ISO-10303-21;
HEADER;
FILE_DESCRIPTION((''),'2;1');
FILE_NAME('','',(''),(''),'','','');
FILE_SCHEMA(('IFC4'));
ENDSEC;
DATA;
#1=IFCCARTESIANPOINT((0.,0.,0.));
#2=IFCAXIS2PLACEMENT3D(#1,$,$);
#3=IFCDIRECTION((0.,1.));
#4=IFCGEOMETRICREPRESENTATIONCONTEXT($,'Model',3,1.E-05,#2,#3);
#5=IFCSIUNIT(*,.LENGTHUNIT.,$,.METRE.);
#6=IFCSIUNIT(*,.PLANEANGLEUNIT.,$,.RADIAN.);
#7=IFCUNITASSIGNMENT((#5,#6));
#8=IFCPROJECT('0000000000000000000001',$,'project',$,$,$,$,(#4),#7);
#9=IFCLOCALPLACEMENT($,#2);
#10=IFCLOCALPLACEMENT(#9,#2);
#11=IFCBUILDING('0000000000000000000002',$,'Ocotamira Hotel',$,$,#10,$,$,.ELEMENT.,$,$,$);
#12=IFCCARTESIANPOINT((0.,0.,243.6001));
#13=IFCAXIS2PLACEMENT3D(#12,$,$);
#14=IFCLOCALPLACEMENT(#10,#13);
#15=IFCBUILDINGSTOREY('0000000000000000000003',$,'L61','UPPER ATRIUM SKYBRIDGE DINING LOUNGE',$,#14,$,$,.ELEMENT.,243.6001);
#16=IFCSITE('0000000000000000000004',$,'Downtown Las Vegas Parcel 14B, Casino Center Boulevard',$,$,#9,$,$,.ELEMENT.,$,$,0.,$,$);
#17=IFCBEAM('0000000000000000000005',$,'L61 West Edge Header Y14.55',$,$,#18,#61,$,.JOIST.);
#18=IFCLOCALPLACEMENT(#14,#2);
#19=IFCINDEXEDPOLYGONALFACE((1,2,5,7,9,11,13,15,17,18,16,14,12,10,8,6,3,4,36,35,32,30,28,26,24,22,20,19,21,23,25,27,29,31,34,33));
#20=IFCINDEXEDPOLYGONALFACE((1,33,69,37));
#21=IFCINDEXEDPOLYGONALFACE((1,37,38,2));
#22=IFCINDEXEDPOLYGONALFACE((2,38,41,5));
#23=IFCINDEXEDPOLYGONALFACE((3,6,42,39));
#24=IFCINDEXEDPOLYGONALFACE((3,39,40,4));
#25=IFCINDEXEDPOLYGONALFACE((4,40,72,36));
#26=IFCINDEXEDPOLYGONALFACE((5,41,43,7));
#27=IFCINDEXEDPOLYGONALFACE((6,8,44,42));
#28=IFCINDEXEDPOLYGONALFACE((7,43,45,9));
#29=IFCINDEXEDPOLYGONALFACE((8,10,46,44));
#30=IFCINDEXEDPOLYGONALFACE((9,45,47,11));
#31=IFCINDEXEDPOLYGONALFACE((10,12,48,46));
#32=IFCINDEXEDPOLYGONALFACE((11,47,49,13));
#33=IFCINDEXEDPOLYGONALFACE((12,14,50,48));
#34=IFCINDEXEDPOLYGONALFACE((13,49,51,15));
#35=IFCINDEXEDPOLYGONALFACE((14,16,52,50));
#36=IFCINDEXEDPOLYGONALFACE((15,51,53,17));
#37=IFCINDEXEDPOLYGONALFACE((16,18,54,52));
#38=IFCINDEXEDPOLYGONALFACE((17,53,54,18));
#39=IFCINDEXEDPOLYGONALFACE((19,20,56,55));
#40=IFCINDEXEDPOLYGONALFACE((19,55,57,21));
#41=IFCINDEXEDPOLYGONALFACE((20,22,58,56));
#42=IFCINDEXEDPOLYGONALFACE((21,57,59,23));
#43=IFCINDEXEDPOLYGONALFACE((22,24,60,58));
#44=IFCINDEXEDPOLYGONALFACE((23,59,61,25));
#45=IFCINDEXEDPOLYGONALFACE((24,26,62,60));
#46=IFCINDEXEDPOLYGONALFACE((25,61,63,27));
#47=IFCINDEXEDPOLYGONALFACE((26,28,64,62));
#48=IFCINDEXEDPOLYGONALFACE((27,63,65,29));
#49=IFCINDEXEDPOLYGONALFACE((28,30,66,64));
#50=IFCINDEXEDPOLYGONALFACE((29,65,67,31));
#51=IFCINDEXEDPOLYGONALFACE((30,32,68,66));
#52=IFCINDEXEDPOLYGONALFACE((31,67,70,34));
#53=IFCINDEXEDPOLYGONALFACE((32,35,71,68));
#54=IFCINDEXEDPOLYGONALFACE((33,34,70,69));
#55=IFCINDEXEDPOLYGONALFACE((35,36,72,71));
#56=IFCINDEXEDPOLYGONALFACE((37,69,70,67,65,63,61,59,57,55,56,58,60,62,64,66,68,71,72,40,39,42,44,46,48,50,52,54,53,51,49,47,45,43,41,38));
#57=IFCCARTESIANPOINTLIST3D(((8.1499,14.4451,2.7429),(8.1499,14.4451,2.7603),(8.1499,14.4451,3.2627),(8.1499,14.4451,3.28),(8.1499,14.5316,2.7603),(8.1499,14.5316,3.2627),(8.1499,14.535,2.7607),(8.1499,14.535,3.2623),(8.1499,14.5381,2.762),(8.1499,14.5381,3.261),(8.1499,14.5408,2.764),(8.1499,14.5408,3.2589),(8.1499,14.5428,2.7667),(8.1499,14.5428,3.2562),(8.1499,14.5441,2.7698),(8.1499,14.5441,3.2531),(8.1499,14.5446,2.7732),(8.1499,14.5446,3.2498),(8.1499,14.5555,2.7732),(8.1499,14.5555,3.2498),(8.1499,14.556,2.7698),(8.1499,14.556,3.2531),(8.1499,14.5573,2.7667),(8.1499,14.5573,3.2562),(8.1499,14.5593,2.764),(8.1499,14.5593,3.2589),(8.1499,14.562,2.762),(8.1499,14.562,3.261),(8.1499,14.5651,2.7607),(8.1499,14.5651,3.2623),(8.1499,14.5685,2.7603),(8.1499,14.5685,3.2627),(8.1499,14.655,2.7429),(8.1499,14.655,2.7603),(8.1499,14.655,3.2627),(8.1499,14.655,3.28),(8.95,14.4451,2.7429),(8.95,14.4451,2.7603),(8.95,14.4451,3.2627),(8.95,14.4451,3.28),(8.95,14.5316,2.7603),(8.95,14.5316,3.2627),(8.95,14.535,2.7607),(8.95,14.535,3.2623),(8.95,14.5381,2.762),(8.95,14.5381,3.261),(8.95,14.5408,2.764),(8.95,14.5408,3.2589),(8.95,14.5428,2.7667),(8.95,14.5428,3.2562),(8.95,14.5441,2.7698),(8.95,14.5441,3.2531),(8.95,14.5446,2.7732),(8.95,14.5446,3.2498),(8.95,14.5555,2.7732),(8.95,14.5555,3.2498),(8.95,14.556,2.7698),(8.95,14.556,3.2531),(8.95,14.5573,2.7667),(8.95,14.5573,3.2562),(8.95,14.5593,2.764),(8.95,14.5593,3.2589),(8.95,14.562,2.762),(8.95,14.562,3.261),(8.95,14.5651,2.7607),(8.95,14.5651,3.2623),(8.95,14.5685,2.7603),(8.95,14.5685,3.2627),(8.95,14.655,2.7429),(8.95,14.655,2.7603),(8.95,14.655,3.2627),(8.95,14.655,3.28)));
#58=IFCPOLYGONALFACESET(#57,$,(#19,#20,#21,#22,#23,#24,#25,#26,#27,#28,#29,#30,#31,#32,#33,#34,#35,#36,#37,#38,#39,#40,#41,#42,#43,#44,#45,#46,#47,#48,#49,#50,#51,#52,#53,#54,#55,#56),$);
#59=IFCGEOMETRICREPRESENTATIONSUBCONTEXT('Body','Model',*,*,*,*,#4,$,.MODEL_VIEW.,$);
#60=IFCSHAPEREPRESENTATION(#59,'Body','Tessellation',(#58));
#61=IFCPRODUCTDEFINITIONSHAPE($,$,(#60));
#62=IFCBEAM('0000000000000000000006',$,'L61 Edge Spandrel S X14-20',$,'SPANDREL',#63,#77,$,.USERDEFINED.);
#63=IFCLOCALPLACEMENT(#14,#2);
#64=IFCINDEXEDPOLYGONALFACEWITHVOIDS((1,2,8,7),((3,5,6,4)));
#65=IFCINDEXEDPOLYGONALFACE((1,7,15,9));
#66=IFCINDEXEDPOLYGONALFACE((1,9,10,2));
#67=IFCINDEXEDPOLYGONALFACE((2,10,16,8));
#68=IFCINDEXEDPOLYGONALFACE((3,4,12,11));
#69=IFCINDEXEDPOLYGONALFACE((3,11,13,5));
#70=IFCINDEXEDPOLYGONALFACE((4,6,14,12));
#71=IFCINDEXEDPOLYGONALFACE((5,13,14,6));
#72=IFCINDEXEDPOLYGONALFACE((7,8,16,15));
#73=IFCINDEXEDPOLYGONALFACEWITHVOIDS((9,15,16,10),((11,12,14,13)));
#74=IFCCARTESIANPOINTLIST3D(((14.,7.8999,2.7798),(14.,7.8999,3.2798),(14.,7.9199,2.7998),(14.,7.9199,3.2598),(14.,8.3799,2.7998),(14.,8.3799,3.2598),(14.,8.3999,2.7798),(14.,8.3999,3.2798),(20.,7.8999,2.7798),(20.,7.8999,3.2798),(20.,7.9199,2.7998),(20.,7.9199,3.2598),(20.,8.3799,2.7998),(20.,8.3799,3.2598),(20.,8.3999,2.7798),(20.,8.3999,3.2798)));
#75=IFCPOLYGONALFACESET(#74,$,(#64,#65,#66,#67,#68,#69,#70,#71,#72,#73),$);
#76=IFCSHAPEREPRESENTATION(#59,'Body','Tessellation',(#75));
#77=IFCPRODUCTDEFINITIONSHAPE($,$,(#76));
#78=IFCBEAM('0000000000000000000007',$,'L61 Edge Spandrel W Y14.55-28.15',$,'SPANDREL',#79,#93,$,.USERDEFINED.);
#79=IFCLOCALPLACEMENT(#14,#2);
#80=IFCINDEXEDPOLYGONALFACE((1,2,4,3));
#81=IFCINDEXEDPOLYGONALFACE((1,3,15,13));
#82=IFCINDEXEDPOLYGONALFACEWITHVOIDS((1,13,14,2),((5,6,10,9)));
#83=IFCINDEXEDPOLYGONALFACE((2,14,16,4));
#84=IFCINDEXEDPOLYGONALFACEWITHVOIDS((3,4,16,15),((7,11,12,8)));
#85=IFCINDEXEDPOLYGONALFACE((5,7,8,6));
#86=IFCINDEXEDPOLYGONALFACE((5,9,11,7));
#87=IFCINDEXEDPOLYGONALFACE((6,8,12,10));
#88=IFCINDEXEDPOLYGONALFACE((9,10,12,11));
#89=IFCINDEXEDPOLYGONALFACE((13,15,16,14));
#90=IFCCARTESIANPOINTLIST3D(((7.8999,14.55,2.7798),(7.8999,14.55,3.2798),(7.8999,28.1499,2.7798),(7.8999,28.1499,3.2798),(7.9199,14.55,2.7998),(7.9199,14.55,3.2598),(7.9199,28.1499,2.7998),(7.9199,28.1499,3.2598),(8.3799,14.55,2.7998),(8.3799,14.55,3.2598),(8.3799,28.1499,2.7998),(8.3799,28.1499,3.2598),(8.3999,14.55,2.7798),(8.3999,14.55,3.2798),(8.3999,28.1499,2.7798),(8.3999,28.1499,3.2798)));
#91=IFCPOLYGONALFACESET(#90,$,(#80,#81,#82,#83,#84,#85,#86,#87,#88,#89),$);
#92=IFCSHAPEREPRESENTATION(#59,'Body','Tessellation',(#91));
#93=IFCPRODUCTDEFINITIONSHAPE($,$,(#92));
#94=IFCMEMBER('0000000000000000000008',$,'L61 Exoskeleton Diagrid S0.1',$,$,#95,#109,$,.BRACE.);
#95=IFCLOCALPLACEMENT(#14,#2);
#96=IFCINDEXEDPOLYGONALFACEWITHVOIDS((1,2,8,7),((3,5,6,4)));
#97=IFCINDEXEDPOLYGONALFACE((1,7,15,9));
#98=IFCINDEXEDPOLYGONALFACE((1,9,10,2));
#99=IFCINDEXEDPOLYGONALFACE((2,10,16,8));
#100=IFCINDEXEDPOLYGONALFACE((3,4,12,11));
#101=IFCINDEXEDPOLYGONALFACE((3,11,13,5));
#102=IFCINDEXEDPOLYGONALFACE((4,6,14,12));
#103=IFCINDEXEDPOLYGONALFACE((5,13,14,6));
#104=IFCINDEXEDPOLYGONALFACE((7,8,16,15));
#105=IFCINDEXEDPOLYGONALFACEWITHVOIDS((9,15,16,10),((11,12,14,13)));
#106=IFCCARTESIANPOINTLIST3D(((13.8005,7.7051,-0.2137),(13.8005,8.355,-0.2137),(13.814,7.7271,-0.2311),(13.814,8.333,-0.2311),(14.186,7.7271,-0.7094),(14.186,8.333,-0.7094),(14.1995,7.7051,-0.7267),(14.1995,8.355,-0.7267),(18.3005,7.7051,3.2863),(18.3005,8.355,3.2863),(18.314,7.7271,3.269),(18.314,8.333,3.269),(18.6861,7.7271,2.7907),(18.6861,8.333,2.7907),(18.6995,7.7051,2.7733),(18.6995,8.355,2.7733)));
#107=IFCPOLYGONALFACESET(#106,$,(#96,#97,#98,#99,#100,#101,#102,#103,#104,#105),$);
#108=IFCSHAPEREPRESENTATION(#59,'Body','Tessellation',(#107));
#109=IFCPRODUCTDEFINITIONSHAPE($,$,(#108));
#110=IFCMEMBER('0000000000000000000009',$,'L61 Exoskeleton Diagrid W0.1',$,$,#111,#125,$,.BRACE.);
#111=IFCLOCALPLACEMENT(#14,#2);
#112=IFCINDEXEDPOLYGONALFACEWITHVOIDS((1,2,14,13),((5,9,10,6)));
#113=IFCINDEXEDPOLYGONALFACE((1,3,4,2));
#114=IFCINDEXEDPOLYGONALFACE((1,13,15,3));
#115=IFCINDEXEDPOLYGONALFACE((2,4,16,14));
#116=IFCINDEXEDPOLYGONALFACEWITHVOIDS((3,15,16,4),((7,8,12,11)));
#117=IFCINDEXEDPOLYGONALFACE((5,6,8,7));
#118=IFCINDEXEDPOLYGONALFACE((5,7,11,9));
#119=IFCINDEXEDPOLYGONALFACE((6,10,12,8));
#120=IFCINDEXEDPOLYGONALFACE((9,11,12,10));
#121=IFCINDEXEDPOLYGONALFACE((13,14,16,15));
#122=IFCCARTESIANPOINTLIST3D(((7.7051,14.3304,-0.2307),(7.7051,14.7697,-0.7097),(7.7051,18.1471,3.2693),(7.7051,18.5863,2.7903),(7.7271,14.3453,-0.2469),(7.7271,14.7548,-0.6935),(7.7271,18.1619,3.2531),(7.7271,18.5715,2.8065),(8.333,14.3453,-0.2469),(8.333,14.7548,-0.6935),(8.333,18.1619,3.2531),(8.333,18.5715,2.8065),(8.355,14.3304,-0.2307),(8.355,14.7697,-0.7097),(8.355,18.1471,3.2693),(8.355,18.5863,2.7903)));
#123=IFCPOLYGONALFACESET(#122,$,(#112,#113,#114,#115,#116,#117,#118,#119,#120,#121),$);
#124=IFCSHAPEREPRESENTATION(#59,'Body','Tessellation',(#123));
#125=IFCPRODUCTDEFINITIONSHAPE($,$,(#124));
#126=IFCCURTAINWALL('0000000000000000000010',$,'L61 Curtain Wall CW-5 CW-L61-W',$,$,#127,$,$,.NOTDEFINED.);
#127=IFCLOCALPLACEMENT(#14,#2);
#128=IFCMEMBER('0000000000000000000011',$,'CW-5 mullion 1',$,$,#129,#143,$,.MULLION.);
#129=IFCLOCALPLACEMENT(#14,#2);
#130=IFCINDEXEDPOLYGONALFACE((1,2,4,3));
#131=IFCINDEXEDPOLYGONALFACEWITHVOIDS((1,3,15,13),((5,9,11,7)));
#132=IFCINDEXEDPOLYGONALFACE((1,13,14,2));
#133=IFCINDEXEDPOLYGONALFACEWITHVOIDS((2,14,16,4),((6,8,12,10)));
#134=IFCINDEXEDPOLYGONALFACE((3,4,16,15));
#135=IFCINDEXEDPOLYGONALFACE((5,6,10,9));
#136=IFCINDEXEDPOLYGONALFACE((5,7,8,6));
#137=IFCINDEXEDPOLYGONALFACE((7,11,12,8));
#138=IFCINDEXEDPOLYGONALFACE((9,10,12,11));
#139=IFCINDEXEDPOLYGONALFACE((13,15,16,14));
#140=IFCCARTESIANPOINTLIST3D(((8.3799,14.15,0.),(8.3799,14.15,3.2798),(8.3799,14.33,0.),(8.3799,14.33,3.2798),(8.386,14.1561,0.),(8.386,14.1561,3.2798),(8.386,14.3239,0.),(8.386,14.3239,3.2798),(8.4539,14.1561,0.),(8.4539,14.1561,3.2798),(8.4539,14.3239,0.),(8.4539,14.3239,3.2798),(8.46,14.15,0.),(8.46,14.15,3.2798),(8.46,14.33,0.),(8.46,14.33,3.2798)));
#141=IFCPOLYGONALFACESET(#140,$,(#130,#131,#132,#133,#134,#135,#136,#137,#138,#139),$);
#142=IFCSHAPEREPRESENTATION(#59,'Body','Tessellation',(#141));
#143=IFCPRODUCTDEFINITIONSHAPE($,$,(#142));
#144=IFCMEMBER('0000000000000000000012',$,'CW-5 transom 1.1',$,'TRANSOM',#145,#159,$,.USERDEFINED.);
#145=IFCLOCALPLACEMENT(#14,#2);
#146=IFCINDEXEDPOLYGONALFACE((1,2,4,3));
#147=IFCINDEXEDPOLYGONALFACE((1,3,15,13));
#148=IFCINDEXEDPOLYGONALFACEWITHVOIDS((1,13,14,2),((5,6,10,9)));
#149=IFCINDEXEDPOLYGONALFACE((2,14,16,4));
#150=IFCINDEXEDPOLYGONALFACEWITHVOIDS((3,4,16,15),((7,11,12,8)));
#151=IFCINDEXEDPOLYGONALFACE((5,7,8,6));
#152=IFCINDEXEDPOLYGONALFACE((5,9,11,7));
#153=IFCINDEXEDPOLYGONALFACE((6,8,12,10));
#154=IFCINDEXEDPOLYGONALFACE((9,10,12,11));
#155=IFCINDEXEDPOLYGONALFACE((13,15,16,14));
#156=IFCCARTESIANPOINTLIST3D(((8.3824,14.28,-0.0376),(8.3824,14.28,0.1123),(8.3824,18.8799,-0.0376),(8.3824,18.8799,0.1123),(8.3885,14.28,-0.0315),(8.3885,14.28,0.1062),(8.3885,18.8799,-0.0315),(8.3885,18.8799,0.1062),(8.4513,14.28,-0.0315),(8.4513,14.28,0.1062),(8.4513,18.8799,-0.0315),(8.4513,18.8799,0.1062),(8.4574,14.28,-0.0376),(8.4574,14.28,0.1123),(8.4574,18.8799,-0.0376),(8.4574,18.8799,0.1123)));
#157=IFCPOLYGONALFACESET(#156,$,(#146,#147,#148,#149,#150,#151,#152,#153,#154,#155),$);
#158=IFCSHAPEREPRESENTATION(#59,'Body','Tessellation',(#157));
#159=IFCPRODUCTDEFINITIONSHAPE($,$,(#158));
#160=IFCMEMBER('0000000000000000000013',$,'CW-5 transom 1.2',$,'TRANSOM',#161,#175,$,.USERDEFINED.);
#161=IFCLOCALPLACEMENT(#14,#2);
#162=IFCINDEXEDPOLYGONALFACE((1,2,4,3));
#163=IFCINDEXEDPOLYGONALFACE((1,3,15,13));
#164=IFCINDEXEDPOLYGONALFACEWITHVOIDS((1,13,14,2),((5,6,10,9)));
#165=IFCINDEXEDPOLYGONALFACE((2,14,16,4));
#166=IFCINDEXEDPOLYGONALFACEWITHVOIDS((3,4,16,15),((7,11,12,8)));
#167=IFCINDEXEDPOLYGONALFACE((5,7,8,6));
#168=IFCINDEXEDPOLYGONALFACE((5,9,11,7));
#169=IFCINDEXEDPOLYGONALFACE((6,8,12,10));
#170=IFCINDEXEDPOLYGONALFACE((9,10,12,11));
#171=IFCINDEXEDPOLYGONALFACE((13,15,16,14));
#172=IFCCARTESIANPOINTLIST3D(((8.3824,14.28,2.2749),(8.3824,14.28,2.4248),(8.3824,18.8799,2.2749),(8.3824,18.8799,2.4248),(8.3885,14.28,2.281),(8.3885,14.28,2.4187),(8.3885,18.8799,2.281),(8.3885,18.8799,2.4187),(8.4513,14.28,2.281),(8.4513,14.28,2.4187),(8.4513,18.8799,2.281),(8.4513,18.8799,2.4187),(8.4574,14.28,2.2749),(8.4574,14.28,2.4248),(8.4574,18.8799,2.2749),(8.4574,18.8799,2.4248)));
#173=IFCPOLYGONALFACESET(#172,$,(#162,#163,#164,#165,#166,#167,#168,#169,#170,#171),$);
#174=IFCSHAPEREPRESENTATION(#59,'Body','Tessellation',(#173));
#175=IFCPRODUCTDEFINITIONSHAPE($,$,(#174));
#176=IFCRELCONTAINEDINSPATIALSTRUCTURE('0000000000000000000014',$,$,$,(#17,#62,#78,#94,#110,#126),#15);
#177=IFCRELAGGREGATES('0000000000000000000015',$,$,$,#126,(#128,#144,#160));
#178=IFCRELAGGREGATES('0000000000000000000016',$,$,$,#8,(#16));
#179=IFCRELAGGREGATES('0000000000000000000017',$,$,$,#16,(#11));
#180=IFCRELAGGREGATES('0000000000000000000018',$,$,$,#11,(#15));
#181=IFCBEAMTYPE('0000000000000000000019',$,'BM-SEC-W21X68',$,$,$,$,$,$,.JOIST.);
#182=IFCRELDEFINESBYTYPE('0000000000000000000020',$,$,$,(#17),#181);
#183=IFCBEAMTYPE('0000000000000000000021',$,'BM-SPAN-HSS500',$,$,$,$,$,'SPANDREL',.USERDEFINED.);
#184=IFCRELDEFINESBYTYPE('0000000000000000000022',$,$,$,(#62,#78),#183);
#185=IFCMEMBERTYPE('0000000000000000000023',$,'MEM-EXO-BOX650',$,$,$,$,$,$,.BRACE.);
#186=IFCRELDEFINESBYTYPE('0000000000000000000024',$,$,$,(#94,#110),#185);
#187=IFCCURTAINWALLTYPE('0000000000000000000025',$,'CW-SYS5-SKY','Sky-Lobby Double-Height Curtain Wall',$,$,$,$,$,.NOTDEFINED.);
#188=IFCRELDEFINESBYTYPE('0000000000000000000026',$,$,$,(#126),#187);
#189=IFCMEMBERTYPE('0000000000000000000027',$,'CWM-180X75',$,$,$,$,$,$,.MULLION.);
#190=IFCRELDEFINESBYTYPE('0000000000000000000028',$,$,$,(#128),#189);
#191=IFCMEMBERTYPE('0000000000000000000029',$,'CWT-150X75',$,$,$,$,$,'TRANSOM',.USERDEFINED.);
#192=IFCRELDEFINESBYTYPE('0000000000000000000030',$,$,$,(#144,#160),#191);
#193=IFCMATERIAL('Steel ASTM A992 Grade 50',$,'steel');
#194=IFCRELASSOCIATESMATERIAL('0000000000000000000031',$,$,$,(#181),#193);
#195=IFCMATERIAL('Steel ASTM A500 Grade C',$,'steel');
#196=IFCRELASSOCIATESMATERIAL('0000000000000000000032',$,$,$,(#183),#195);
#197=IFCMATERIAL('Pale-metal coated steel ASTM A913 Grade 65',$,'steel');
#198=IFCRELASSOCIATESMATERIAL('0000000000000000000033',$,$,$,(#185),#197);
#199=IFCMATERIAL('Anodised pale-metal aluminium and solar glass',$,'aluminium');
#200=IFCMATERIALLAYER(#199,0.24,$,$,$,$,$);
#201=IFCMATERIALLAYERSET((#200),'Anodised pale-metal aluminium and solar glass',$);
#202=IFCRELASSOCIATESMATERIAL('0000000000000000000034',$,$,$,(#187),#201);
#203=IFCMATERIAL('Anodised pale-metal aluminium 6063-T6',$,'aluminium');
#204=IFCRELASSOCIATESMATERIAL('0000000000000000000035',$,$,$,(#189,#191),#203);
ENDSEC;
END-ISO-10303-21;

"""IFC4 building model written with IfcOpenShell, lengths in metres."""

from ifc_helpers import new_model, si_unit, direction, frame, origin, origin_2d, place, context, subcontext, project, spatial, hollow_rectangle, i_section, extrude, source, transform, mapped, material, layer, layer_set, material_profile, profile_set, type_object, element, aggregate, save


model = new_model("IFC4")

# Units and contexts
model_context = context("Model", 3, precision=1e-05, world=origin(), true_north=direction((0.0, 1.0)))
body_context = subcontext(model_context, "Body", "Model", "MODEL_VIEW")
ifc_project = project(units=[si_unit("LENGTHUNIT", "METRE"), si_unit("PLANEANGLEUNIT", "RADIAN")], contexts=[model_context])

# Site, building, storey
site_placement = place(None, origin())
site = spatial("IfcSite", under=ifc_project, at=site_placement, Name="Downtown Las Vegas Parcel 14B, Casino Center Boulevard", CompositionType="ELEMENT", RefElevation=0.0)
building_placement = place(site_placement, origin())
building = spatial("IfcBuilding", under=site, at=building_placement, Name="Ocotamira Hotel", CompositionType="ELEMENT")
storey_placement = place(building_placement, frame((0.0, 0.0, 243.6001)))
storey = spatial("IfcBuildingStorey", under=building, at=storey_placement, Name="L61", Description="UPPER ATRIUM SKYBRIDGE DINING LOUNGE", CompositionType="ELEMENT", Elevation=243.6001)

# Beams
ifc_material_1 = material(Name="Steel ASTM A992 Grade 50", Category="steel")
ifc_material_profile_1 = material_profile(ifc_material_1, i_section(OverallWidth=0.21, OverallDepth=0.5371, WebThickness=0.011, FlangeThickness=0.0173, FilletRadius=0.0129, at=origin_2d()), Name="W21X68")
ifc_profile_set_1 = profile_set([ifc_material_profile_1], Name="Steel ASTM A992 Grade 50")
beam_type_1 = type_object("IfcBeamType", Name="BM-SEC-W21X68", PredefinedType="JOIST", material=ifc_profile_set_1)
shared_shape_1 = source(origin(), body_context, "Body", "SweptSolid", [
    extrude(i_section(OverallWidth=0.21, OverallDepth=0.5371, WebThickness=0.011, FlangeThickness=0.0173, FilletRadius=0.0129, at=origin_2d()), origin(), (0.0, 0.0, 1.0), 0.8),
])
beam_1_placement = place(storey_placement, frame((8.95, 14.55, 3.0115), z_axis=(-1.0, 0.0, 0.0), x_axis=(0.0, -1.0, 0.0)))
element("IfcBeam", 1, at=beam_1_placement, inside=storey, type_object=beam_type_1, Name="L61 West Edge Header Y14.55", PredefinedType="JOIST", context=body_context, shape_type="MappedRepresentation", body=[
    mapped(shared_shape_1, transform((0.0, 0.0, 0.0), scale=1.0)),
])
ifc_material_2 = material(Name="Steel ASTM A500 Grade C", Category="steel")
ifc_material_profile_2 = material_profile(ifc_material_2, hollow_rectangle(XDim=0.5, YDim=0.5, WallThickness=0.02, at=origin_2d()), Name="HSS500X500X20")
ifc_profile_set_2 = profile_set([ifc_material_profile_2], Name="Steel ASTM A500 Grade C")
beam_type_2 = type_object("IfcBeamType", Name="BM-SPAN-HSS500", ElementType="SPANDREL", PredefinedType="USERDEFINED", material=ifc_profile_set_2)
shared_shape_2 = source(origin(), body_context, "Body", "SweptSolid", [
    extrude(hollow_rectangle(XDim=0.5, YDim=0.5, WallThickness=0.02, at=origin_2d()), origin(), (0.0, 0.0, 1.0), 6.0),
])
beam_2_placement = place(storey_placement, frame((14.0, 8.1499, 3.0298), z_axis=(1.0, 0.0, 0.0), x_axis=(0.0, 1.0, 0.0)))
element("IfcBeam", 2, at=beam_2_placement, inside=storey, type_object=beam_type_2, Name="L61 Edge Spandrel S X14-20", ObjectType="SPANDREL", PredefinedType="USERDEFINED", context=body_context, shape_type="MappedRepresentation", body=[
    mapped(shared_shape_2, transform((0.0, 0.0, 0.0), scale=1.0)),
])
shared_shape_3 = source(origin(), body_context, "Body", "SweptSolid", [
    extrude(hollow_rectangle(XDim=0.5, YDim=0.5, WallThickness=0.02, at=origin_2d()), origin(), (0.0, 0.0, 1.0), 13.5999),
])
beam_3_placement = place(storey_placement, frame((8.1499, 14.55, 3.0298), z_axis=(0.0, 1.0, 0.0), x_axis=(-1.0, 0.0, 0.0)))
element("IfcBeam", 3, at=beam_3_placement, inside=storey, type_object=beam_type_2, Name="L61 Edge Spandrel W Y14.55-28.15", ObjectType="SPANDREL", PredefinedType="USERDEFINED", context=body_context, shape_type="MappedRepresentation", body=[
    mapped(shared_shape_3, transform((0.0, 0.0, 0.0), scale=1.0)),
])

# Members
ifc_material_3 = material(Name="Pale-metal coated steel ASTM A913 Grade 65", Category="steel")
ifc_material_profile_3 = material_profile(ifc_material_3, hollow_rectangle(XDim=0.6499, YDim=0.6499, WallThickness=0.022, at=origin_2d()), Name="BOX650X650X22")
ifc_profile_set_3 = profile_set([ifc_material_profile_3], Name="Pale-metal coated steel ASTM A913 Grade 65")
member_type_1 = type_object("IfcMemberType", Name="MEM-EXO-BOX650", PredefinedType="BRACE", material=ifc_profile_set_3)
shared_shape_4 = source(origin(), body_context, "Body", "SweptSolid", [
    extrude(hollow_rectangle(XDim=0.6499, YDim=0.6499, WallThickness=0.022, at=origin_2d()), origin(), (0.0, 0.0, 1.0), 5.7009),
])
member_1_placement = place(storey_placement, frame((14.0, 8.03, -0.4702), z_axis=(0.789352, 0.0, 0.613941), x_axis=(0.0, 1.0, 0.0)))
element("IfcMember", 4, at=member_1_placement, inside=storey, type_object=member_type_1, Name="L61 Exoskeleton Diagrid S0.1", PredefinedType="BRACE", context=body_context, shape_type="MappedRepresentation", body=[
    mapped(shared_shape_4, transform((0.0, 0.0, 0.0), scale=1.0)),
])
shared_shape_5 = source(origin(), body_context, "Body", "SweptSolid", [
    extrude(hollow_rectangle(XDim=0.6499, YDim=0.6499, WallThickness=0.022, at=origin_2d()), origin(), (0.0, 0.0, 1.0), 5.1785),
])
member_2_placement = place(storey_placement, frame((8.03, 14.55, -0.4702), z_axis=(0.0, 0.737019, 0.675872), x_axis=(-1.0, 0.0, 0.0)))
element("IfcMember", 5, at=member_2_placement, inside=storey, type_object=member_type_1, Name="L61 Exoskeleton Diagrid W0.1", PredefinedType="BRACE", context=body_context, shape_type="MappedRepresentation", body=[
    mapped(shared_shape_5, transform((0.0, 0.0, 0.0), scale=1.0)),
])

# Curtain wall, members
ifc_material_4 = material(Name="Anodised pale-metal aluminium and solar glass", Category="aluminium")
ifc_layer_1 = layer(ifc_material_4, 0.24)
ifc_layer_set_1 = layer_set([ifc_layer_1], Name="Anodised pale-metal aluminium and solar glass")
curtain_wall_type = type_object("IfcCurtainWallType", Name="CW-SYS5-SKY", Description="Sky-Lobby Double-Height Curtain Wall", PredefinedType="NOTDEFINED", material=ifc_layer_set_1)
curtain_wall_placement = place(storey_placement, origin())
curtain_wall = element("IfcCurtainWall", 6, at=curtain_wall_placement, inside=storey, type_object=curtain_wall_type, Name="L61 Curtain Wall CW-5 CW-L61-W", PredefinedType="NOTDEFINED")
ifc_material_5 = material(Name="Anodised pale-metal aluminium 6063-T6", Category="aluminium")
ifc_material_profile_4 = material_profile(ifc_material_5, hollow_rectangle(XDim=0.0801, YDim=0.1799, WallThickness=0.0061, at=origin_2d()), Name="HSS180X80X6")
ifc_profile_set_4 = profile_set([ifc_material_profile_4], Name="Anodised pale-metal aluminium 6063-T6")
member_type_2 = type_object("IfcMemberType", Name="CWM-180X75", PredefinedType="MULLION", material=ifc_profile_set_4)
shared_shape_6 = source(origin(), body_context, "Body", "SweptSolid", [
    extrude(hollow_rectangle(XDim=0.0801, YDim=0.1799, WallThickness=0.0061, at=origin_2d()), origin(), (0.0, 0.0, 1.0), 3.2798),
])
member_3_placement = place(storey_placement, frame((8.4199, 14.24, 0.0), z_axis=(0.0, 0.0, 1.0), x_axis=(-1.0, 0.0, 0.0)))
member_3 = element("IfcMember", 7, at=member_3_placement, type_object=member_type_2, Name="CW-5 mullion 1", PredefinedType="MULLION", context=body_context, shape_type="MappedRepresentation", body=[
    mapped(shared_shape_6, transform((0.0, 0.0, 0.0), scale=1.0)),
])
ifc_material_profile_5 = material_profile(ifc_material_5, hollow_rectangle(XDim=0.075, YDim=0.1499, WallThickness=0.0061, at=origin_2d()), Name="HSS150X75X6")
ifc_profile_set_5 = profile_set([ifc_material_profile_5], Name="Anodised pale-metal aluminium 6063-T6")
member_type_3 = type_object("IfcMemberType", Name="CWT-150X75", ElementType="TRANSOM", PredefinedType="USERDEFINED", material=ifc_profile_set_5)
shared_shape_7 = source(origin(), body_context, "Body", "SweptSolid", [
    extrude(hollow_rectangle(XDim=0.075, YDim=0.1499, WallThickness=0.0061, at=origin_2d()), origin(), (0.0, 0.0, 1.0), 4.5999),
])
member_4_placement = place(storey_placement, frame((8.4199, 14.28, 0.0374), z_axis=(0.0, 1.0, 0.0), x_axis=(-1.0, 0.0, 0.0)))
member_4 = element("IfcMember", 8, at=member_4_placement, type_object=member_type_3, Name="CW-5 transom 1.1", ObjectType="TRANSOM", PredefinedType="USERDEFINED", context=body_context, shape_type="MappedRepresentation", body=[
    mapped(shared_shape_7, transform((0.0, 0.0, 0.0), scale=1.0)),
])
member_5_placement = place(storey_placement, frame((8.4199, 14.28, 2.3499), z_axis=(0.0, 1.0, 0.0), x_axis=(-1.0, 0.0, 0.0)))
member_5 = element("IfcMember", 9, at=member_5_placement, type_object=member_type_3, Name="CW-5 transom 1.2", ObjectType="TRANSOM", PredefinedType="USERDEFINED", context=body_context, shape_type="MappedRepresentation", body=[
    mapped(shared_shape_7, transform((0.0, 0.0, 0.0), scale=1.0)),
])

aggregate(curtain_wall, [member_3, member_4, member_5])

save(model, "model.ifc")
